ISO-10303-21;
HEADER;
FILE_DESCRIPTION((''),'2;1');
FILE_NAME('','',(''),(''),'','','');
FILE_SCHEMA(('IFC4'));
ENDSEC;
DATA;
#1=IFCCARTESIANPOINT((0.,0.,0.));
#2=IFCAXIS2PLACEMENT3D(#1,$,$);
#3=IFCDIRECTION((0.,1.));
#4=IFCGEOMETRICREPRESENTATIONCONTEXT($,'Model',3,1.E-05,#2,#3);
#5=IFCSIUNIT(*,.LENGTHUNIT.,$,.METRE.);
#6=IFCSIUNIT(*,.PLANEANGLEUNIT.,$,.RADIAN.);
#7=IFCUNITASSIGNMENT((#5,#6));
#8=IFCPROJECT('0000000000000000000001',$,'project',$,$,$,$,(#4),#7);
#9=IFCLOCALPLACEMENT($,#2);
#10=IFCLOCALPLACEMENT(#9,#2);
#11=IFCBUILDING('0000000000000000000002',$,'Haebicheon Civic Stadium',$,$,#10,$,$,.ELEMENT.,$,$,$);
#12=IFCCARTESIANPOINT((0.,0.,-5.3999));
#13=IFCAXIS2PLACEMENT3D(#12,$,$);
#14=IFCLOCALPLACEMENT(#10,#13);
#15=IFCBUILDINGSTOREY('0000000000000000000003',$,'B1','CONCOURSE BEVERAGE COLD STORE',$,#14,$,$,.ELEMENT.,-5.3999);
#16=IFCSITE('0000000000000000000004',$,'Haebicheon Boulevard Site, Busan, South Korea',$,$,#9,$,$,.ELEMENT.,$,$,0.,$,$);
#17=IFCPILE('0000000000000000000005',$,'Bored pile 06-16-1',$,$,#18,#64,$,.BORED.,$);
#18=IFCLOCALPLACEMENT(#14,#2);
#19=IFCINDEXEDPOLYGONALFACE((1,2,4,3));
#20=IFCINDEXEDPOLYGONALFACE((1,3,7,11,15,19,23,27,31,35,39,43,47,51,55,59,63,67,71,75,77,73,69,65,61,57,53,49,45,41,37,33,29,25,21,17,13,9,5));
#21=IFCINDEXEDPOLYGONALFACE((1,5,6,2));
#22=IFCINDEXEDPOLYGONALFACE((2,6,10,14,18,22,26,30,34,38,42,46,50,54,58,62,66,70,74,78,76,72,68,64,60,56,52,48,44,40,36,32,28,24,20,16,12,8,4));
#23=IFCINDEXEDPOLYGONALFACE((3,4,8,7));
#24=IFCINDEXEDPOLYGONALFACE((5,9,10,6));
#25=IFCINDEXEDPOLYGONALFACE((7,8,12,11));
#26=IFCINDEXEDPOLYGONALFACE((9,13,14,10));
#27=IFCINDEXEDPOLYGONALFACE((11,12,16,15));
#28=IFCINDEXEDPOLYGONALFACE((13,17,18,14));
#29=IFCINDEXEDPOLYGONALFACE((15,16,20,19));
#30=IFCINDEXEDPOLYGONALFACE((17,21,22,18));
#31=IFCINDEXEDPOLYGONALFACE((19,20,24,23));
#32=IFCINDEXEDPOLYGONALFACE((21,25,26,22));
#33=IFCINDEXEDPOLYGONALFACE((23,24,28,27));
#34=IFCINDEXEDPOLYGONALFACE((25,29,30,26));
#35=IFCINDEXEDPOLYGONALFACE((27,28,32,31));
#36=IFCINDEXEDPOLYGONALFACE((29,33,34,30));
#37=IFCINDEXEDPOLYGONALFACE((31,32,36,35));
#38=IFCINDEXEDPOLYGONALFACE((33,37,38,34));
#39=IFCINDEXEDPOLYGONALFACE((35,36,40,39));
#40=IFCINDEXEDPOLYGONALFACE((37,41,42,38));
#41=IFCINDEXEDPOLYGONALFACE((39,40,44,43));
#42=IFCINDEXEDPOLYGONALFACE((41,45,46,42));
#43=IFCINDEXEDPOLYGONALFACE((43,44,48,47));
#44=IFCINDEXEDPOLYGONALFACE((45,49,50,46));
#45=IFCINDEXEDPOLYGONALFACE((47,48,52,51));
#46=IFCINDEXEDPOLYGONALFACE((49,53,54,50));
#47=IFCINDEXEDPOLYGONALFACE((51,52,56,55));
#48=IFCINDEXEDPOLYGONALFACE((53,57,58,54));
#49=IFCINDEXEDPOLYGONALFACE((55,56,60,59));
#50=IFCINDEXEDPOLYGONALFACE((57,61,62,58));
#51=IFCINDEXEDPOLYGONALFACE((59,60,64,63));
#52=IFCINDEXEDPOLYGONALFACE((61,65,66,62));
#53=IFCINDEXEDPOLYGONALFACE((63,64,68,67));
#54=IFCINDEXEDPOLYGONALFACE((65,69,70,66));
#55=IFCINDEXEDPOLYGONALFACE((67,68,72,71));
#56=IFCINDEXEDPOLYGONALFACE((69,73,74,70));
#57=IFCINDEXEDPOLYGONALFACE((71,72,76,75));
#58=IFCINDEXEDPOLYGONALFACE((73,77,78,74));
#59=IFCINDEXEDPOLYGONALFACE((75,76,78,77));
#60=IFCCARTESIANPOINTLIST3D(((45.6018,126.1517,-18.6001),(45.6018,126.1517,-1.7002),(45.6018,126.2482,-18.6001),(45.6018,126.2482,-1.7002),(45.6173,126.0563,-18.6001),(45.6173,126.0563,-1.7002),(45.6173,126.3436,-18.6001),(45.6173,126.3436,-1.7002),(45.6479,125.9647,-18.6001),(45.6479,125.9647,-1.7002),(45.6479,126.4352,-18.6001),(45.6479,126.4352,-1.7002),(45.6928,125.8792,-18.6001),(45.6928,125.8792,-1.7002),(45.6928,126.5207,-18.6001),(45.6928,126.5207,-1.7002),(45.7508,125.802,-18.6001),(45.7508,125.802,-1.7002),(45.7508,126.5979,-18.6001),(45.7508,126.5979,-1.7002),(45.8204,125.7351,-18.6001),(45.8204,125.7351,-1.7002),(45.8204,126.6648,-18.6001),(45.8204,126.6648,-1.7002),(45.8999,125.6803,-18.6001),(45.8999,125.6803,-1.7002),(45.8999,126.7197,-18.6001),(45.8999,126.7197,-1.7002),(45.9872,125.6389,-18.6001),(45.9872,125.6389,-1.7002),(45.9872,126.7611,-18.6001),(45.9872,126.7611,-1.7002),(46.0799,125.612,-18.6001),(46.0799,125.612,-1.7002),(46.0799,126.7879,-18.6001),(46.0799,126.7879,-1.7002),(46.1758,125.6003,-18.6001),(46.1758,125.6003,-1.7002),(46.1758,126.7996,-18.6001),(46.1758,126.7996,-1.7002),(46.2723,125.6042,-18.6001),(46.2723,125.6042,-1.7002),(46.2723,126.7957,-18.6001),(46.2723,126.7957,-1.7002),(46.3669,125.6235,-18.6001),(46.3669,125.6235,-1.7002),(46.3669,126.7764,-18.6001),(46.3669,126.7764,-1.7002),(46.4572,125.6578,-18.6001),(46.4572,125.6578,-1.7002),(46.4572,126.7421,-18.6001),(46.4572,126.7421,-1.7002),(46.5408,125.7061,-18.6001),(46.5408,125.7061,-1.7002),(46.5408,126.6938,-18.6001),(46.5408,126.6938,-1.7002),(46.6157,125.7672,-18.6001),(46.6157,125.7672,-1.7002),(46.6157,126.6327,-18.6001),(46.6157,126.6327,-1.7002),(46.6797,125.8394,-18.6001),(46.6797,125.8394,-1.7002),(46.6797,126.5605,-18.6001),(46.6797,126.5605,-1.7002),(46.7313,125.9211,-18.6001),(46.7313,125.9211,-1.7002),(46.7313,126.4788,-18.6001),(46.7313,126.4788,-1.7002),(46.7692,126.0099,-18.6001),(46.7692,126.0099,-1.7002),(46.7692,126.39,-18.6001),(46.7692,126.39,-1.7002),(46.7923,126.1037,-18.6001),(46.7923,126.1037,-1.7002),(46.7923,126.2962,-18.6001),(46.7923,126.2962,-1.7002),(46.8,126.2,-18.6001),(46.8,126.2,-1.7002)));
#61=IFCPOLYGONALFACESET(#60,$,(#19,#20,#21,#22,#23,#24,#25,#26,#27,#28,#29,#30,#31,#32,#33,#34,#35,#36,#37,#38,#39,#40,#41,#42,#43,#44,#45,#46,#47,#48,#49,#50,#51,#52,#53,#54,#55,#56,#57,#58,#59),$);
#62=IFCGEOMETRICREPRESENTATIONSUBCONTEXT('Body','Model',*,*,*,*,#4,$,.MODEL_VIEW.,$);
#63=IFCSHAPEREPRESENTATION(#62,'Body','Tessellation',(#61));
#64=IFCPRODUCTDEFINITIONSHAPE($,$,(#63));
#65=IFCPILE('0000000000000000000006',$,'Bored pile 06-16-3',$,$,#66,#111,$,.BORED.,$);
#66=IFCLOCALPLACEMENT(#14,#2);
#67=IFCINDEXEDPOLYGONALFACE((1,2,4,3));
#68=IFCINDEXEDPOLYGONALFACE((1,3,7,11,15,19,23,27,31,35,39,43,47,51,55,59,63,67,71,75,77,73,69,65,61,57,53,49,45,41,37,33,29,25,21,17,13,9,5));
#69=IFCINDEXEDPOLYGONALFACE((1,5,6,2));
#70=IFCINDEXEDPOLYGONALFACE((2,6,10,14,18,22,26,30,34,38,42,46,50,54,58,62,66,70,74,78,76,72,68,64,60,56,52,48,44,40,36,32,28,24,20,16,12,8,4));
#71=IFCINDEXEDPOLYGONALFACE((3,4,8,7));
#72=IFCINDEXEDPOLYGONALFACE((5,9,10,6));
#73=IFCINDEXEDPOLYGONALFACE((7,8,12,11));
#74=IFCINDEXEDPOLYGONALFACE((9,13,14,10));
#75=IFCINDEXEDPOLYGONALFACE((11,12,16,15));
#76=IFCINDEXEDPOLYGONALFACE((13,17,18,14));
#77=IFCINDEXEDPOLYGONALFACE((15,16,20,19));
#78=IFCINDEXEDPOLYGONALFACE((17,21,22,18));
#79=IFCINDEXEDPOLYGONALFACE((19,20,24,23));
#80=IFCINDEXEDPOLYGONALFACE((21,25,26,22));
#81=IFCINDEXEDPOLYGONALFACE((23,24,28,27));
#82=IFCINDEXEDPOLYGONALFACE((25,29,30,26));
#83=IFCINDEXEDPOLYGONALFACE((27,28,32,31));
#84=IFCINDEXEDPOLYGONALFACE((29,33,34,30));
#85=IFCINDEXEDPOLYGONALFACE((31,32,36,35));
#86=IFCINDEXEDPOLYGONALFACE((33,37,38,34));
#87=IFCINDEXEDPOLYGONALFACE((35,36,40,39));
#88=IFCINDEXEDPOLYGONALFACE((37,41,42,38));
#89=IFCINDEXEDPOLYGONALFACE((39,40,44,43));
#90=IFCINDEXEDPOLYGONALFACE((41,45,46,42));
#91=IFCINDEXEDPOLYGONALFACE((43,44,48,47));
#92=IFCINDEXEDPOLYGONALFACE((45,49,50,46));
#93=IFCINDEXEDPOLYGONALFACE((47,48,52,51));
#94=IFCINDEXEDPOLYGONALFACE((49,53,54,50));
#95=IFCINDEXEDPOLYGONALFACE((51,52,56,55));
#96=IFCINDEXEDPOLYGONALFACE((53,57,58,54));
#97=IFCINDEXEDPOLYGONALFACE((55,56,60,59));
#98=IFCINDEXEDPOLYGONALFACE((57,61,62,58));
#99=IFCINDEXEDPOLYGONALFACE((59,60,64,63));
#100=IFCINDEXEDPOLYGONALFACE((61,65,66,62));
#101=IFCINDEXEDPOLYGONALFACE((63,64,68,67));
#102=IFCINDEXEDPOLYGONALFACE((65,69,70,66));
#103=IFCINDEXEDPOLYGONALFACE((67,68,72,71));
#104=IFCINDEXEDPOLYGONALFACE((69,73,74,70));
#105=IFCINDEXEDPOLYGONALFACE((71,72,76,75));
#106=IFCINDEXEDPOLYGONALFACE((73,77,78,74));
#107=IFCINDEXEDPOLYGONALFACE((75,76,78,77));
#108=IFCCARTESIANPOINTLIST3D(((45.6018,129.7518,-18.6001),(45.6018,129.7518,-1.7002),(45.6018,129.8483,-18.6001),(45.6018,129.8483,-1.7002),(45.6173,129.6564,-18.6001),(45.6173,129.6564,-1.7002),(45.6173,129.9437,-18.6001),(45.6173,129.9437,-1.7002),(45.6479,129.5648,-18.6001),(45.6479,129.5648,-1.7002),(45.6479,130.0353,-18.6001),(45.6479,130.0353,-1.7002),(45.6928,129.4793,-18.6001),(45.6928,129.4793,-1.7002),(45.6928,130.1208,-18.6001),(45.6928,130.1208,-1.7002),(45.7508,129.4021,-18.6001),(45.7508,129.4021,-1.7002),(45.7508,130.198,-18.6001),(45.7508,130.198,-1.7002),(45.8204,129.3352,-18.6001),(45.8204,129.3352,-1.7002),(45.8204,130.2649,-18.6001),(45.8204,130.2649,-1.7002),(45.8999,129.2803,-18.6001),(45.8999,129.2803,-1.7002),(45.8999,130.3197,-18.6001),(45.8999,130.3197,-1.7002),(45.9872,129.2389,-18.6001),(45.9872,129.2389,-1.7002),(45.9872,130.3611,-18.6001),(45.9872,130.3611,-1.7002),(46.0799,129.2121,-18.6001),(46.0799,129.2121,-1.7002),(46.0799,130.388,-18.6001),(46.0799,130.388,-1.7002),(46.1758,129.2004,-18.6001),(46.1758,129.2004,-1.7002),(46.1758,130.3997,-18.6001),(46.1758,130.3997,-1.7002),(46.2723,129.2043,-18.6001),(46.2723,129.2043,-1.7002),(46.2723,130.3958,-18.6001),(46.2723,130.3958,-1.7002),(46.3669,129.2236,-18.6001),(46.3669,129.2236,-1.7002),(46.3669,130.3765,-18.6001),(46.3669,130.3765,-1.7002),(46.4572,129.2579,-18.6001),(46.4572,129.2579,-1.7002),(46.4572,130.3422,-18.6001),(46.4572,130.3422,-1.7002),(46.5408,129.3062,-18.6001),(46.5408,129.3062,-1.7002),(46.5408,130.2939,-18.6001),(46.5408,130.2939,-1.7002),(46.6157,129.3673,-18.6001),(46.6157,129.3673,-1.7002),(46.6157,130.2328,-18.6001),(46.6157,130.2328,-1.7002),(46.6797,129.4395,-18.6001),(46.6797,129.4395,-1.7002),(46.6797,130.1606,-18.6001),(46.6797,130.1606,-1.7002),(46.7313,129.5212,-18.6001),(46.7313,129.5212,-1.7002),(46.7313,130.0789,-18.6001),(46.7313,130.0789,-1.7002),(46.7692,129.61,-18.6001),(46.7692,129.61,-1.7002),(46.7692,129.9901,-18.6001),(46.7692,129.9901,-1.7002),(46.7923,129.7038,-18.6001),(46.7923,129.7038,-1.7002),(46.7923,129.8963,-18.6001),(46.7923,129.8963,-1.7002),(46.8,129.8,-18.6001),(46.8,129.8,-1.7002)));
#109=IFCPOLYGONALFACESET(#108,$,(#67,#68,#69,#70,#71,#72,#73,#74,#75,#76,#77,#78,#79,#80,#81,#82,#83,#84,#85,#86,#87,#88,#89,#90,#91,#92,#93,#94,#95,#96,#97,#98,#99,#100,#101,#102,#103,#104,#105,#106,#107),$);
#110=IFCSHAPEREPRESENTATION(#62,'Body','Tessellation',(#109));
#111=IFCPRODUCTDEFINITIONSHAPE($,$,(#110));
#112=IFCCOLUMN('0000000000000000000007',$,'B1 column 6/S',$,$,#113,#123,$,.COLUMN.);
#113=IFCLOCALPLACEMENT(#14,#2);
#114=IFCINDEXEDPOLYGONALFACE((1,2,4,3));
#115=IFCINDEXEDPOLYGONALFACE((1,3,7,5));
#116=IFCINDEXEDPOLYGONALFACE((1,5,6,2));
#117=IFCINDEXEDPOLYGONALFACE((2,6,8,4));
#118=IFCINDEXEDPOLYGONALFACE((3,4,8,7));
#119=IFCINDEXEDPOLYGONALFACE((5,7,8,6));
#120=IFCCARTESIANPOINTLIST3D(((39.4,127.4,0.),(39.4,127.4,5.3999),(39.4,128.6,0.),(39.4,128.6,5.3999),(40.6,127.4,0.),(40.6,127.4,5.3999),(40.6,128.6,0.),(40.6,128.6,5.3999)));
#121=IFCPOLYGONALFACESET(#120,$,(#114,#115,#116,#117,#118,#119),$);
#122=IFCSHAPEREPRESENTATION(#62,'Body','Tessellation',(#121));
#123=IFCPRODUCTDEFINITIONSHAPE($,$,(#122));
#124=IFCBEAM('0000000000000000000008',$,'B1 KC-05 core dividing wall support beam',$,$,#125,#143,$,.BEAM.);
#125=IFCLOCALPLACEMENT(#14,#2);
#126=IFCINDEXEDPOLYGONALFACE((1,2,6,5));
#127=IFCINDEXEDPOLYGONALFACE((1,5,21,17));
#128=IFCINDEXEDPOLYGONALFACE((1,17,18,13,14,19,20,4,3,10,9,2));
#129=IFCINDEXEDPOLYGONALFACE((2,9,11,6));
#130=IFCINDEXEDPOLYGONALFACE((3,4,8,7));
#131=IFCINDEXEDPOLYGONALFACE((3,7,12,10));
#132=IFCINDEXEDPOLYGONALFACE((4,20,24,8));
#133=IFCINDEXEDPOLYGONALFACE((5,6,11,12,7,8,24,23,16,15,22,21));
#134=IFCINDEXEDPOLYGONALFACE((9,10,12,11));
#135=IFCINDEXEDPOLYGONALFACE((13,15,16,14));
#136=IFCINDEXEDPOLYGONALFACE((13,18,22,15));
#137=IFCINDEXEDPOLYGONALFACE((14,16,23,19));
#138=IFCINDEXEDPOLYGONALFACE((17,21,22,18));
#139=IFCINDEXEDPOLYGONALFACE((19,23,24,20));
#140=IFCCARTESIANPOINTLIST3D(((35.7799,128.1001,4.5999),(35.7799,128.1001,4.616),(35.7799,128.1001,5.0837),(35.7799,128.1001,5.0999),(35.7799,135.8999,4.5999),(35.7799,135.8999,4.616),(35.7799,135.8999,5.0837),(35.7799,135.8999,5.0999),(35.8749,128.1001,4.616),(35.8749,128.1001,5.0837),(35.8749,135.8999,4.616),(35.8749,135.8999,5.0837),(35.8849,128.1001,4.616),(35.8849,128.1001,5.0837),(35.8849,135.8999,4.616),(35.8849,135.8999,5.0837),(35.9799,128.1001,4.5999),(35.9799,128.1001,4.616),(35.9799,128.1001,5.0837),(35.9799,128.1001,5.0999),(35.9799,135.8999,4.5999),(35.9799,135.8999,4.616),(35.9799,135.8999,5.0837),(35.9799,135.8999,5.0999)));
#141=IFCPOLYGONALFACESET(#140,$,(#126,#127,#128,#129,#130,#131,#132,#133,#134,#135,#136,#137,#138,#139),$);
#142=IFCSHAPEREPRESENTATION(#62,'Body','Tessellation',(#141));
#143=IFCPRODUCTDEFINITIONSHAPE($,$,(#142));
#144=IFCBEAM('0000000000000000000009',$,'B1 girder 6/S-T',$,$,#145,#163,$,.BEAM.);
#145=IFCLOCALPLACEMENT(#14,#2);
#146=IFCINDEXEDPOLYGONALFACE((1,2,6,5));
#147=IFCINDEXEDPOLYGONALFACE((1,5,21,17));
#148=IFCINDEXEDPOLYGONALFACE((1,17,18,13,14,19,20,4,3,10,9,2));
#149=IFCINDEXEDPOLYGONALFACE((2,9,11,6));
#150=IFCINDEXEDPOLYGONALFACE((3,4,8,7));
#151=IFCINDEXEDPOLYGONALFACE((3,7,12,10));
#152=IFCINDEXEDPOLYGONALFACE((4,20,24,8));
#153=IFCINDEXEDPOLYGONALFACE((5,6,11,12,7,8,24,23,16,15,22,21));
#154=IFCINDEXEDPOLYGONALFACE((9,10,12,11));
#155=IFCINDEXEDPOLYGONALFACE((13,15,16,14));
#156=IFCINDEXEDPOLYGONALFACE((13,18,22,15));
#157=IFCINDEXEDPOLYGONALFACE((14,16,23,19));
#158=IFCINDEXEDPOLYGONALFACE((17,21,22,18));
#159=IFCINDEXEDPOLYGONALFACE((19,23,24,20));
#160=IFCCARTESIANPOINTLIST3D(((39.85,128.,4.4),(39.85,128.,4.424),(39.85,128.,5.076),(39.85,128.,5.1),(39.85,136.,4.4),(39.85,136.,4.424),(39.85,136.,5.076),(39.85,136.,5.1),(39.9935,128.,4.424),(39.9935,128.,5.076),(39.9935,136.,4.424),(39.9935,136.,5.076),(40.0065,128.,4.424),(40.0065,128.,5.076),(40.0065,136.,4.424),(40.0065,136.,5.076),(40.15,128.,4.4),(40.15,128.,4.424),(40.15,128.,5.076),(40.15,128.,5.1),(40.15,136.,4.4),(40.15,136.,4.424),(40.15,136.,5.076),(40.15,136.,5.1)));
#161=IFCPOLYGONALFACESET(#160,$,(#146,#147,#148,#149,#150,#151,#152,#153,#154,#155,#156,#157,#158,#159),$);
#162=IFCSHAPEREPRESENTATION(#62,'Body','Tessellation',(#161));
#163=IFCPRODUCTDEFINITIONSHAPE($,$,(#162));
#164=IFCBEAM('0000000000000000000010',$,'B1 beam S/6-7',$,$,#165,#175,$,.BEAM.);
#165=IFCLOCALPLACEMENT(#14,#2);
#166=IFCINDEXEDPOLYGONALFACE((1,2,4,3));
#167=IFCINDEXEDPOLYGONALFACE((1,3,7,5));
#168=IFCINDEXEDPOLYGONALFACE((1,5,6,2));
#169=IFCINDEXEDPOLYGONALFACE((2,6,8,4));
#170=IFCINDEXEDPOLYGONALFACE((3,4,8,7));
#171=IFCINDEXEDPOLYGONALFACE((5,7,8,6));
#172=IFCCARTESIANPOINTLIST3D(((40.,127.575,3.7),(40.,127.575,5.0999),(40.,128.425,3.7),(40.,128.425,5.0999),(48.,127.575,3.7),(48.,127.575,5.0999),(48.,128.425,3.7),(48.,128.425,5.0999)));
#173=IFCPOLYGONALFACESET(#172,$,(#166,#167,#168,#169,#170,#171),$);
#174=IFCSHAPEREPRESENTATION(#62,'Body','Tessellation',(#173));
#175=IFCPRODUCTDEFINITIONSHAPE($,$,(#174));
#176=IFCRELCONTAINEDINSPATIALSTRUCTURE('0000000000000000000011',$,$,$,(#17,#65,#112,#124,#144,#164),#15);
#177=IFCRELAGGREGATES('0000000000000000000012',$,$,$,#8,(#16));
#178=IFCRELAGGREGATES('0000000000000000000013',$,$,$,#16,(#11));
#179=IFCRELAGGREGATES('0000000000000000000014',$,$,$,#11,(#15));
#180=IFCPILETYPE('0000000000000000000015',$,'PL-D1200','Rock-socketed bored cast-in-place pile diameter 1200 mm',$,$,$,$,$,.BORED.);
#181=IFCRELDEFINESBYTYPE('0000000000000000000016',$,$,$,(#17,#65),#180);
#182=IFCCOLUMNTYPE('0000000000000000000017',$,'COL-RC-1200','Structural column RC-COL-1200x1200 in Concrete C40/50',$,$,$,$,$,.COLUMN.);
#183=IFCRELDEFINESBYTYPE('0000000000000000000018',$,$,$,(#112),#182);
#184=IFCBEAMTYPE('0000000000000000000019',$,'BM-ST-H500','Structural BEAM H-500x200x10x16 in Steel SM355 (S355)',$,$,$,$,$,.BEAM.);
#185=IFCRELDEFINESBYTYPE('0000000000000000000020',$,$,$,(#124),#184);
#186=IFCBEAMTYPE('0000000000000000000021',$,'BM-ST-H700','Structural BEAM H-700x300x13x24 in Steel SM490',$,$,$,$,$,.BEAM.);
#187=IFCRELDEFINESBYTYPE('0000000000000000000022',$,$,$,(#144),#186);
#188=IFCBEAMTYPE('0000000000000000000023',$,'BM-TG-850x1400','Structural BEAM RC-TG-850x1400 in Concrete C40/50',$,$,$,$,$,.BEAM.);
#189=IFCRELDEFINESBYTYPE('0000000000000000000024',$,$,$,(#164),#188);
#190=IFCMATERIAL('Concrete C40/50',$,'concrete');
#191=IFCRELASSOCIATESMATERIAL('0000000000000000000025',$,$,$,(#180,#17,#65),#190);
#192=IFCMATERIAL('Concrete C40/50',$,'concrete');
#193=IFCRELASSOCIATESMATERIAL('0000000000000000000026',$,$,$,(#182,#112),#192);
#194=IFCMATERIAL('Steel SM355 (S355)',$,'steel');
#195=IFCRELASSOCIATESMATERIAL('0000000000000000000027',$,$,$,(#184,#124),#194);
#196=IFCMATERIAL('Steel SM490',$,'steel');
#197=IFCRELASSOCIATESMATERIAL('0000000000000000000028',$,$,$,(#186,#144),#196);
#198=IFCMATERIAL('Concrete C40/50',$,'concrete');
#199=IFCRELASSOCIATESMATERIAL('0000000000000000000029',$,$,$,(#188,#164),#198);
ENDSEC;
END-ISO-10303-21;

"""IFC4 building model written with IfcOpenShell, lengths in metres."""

from ifc_helpers import new_model, si_unit, direction, frame, origin, origin_2d, place, context, subcontext, project, spatial, rectangle, circle, i_section, extrude, material, material_profile, profile_set, type_object, element, save


model = new_model("IFC4")

# Units and contexts
model_context = context("Model", 3, precision=1e-05, world=origin(), true_north=direction((0.0, 1.0)))
body_context = subcontext(model_context, "Body", "Model", "MODEL_VIEW")
ifc_project = project(units=[si_unit("LENGTHUNIT", "METRE"), si_unit("PLANEANGLEUNIT", "RADIAN")], contexts=[model_context])

# Site, building, storey
site_placement = place(None, origin())
site = spatial("IfcSite", under=ifc_project, at=site_placement, Name="Haebicheon Boulevard Site, Busan, South Korea", CompositionType="ELEMENT", RefElevation=0.0)
building_placement = place(site_placement, origin())
building = spatial("IfcBuilding", under=site, at=building_placement, Name="Haebicheon Civic Stadium", CompositionType="ELEMENT")
storey_placement = place(building_placement, frame((0.0, 0.0, -5.3999)))
storey = spatial("IfcBuildingStorey", under=building, at=storey_placement, Name="B1", Description="CONCOURSE BEVERAGE COLD STORE", CompositionType="ELEMENT", Elevation=-5.3999)

# Piles
ifc_material_1 = material(Name="Concrete C40/50", Category="concrete")
ifc_material_profile_1 = material_profile(ifc_material_1, circle(Radius=0.6001, at=origin_2d()), Name="PILE-D1200")
ifc_profile_set_1 = profile_set([ifc_material_profile_1], Name="Concrete C40/50")
pile_type = type_object("IfcPileType", Name="PL-D1200", Description="Rock-socketed bored cast-in-place pile diameter 1200 mm", PredefinedType="BORED", material=ifc_profile_set_1)
for number, where, z_axis, x_axis, name in (
    (1, (46.2, 126.2, -1.7002), (0.0, 0.0, -1.0), (1.0, 0.0, 0.0), "Bored pile 06-16-1"),
    (2, (46.2, 129.8, -1.7002), (0.0, 0.0, -1.0), (1.0, 0.0, 0.0), "Bored pile 06-16-3"),
):
    element("IfcPile", number, at=place(storey_placement, frame(where, z_axis=z_axis, x_axis=x_axis)), inside=storey, type_object=pile_type, material=ifc_profile_set_1, Name=name, PredefinedType="BORED", context=body_context, shape_type="SweptSolid", body=[
        extrude(circle(Radius=0.6001, at=origin_2d()), origin(), (0.0, 0.0, 1.0), 16.8999),
    ])

# Column
ifc_material_2 = material(Name="Concrete C40/50", Category="concrete")
ifc_material_profile_2 = material_profile(ifc_material_2, rectangle(XDim=1.2, YDim=1.2, at=origin_2d()), Name="RC-COL-1200x1200")
ifc_profile_set_2 = profile_set([ifc_material_profile_2], Name="Concrete C40/50")
column_type = type_object("IfcColumnType", Name="COL-RC-1200", Description="Structural column RC-COL-1200x1200 in Concrete C40/50", PredefinedType="COLUMN", material=ifc_profile_set_2)
column_placement = place(storey_placement, frame((40.0, 128.0, 0.0), z_axis=(0.0, 0.0, 1.0), x_axis=(1.0, 0.0, 0.0)))
element("IfcColumn", 3, at=column_placement, inside=storey, type_object=column_type, material=ifc_profile_set_2, Name="B1 column 6/S", PredefinedType="COLUMN", context=body_context, shape_type="SweptSolid", body=[
    extrude(rectangle(XDim=1.2, YDim=1.2, at=origin_2d()), origin(), (0.0, 0.0, 1.0), 5.3999),
])

# Beams
ifc_material_3 = material(Name="Steel SM355 (S355)", Category="steel")
ifc_material_profile_3 = material_profile(ifc_material_3, i_section(OverallWidth=0.2, OverallDepth=0.5, WebThickness=0.01, FlangeThickness=0.0161, at=origin_2d()), Name="H-500x200x10x16")
ifc_profile_set_3 = profile_set([ifc_material_profile_3], Name="Steel SM355 (S355)")
beam_type_1 = type_object("IfcBeamType", Name="BM-ST-H500", Description="Structural BEAM H-500x200x10x16 in Steel SM355 (S355)", PredefinedType="BEAM", material=ifc_profile_set_3)
beam_1_placement = place(storey_placement, frame((35.8799, 128.1001, 4.8499), z_axis=(0.0, 1.0, 0.0), x_axis=(-1.0, 0.0, 0.0)))
element("IfcBeam", 4, at=beam_1_placement, inside=storey, type_object=beam_type_1, material=ifc_profile_set_3, Name="B1 KC-05 core dividing wall support beam", PredefinedType="BEAM", context=body_context, shape_type="SweptSolid", body=[
    extrude(i_section(OverallWidth=0.2, OverallDepth=0.5, WebThickness=0.01, FlangeThickness=0.0161, at=origin_2d()), origin(), (0.0, 0.0, 1.0), 7.7998),
])
ifc_material_4 = material(Name="Steel SM490", Category="steel")
ifc_material_profile_4 = material_profile(ifc_material_4, i_section(OverallWidth=0.3, OverallDepth=0.7, WebThickness=0.0129, FlangeThickness=0.0239, at=origin_2d()), Name="H-700x300x13x24")
ifc_profile_set_4 = profile_set([ifc_material_profile_4], Name="Steel SM490")
beam_type_2 = type_object("IfcBeamType", Name="BM-ST-H700", Description="Structural BEAM H-700x300x13x24 in Steel SM490", PredefinedType="BEAM", material=ifc_profile_set_4)
beam_2_placement = place(storey_placement, frame((40.0, 128.0, 4.75), z_axis=(0.0, 1.0, 0.0), x_axis=(-1.0, 0.0, 0.0)))
element("IfcBeam", 5, at=beam_2_placement, inside=storey, type_object=beam_type_2, material=ifc_profile_set_4, Name="B1 girder 6/S-T", PredefinedType="BEAM", context=body_context, shape_type="SweptSolid", body=[
    extrude(i_section(OverallWidth=0.3, OverallDepth=0.7, WebThickness=0.0129, FlangeThickness=0.0239, at=origin_2d()), origin(), (0.0, 0.0, 1.0), 8.0),
])
ifc_material_5 = material(Name="Concrete C40/50", Category="concrete")
ifc_material_profile_5 = material_profile(ifc_material_5, rectangle(XDim=0.8501, YDim=1.3999, at=origin_2d()), Name="RC-TG-850x1400")
ifc_profile_set_5 = profile_set([ifc_material_profile_5], Name="Concrete C40/50")
beam_type_3 = type_object("IfcBeamType", Name="BM-TG-850x1400", Description="Structural BEAM RC-TG-850x1400 in Concrete C40/50", PredefinedType="BEAM", material=ifc_profile_set_5)
beam_3_placement = place(storey_placement, frame((40.0, 128.0, 4.3999), z_axis=(1.0, 0.0, 0.0), x_axis=(0.0, 1.0, 0.0)))
element("IfcBeam", 6, at=beam_3_placement, inside=storey, type_object=beam_type_3, material=ifc_profile_set_5, Name="B1 beam S/6-7", PredefinedType="BEAM", context=body_context, shape_type="SweptSolid", body=[
    extrude(rectangle(XDim=0.8501, YDim=1.3999, at=origin_2d()), origin(), (0.0, 0.0, 1.0), 8.0),
])

save(model, "model.ifc")
